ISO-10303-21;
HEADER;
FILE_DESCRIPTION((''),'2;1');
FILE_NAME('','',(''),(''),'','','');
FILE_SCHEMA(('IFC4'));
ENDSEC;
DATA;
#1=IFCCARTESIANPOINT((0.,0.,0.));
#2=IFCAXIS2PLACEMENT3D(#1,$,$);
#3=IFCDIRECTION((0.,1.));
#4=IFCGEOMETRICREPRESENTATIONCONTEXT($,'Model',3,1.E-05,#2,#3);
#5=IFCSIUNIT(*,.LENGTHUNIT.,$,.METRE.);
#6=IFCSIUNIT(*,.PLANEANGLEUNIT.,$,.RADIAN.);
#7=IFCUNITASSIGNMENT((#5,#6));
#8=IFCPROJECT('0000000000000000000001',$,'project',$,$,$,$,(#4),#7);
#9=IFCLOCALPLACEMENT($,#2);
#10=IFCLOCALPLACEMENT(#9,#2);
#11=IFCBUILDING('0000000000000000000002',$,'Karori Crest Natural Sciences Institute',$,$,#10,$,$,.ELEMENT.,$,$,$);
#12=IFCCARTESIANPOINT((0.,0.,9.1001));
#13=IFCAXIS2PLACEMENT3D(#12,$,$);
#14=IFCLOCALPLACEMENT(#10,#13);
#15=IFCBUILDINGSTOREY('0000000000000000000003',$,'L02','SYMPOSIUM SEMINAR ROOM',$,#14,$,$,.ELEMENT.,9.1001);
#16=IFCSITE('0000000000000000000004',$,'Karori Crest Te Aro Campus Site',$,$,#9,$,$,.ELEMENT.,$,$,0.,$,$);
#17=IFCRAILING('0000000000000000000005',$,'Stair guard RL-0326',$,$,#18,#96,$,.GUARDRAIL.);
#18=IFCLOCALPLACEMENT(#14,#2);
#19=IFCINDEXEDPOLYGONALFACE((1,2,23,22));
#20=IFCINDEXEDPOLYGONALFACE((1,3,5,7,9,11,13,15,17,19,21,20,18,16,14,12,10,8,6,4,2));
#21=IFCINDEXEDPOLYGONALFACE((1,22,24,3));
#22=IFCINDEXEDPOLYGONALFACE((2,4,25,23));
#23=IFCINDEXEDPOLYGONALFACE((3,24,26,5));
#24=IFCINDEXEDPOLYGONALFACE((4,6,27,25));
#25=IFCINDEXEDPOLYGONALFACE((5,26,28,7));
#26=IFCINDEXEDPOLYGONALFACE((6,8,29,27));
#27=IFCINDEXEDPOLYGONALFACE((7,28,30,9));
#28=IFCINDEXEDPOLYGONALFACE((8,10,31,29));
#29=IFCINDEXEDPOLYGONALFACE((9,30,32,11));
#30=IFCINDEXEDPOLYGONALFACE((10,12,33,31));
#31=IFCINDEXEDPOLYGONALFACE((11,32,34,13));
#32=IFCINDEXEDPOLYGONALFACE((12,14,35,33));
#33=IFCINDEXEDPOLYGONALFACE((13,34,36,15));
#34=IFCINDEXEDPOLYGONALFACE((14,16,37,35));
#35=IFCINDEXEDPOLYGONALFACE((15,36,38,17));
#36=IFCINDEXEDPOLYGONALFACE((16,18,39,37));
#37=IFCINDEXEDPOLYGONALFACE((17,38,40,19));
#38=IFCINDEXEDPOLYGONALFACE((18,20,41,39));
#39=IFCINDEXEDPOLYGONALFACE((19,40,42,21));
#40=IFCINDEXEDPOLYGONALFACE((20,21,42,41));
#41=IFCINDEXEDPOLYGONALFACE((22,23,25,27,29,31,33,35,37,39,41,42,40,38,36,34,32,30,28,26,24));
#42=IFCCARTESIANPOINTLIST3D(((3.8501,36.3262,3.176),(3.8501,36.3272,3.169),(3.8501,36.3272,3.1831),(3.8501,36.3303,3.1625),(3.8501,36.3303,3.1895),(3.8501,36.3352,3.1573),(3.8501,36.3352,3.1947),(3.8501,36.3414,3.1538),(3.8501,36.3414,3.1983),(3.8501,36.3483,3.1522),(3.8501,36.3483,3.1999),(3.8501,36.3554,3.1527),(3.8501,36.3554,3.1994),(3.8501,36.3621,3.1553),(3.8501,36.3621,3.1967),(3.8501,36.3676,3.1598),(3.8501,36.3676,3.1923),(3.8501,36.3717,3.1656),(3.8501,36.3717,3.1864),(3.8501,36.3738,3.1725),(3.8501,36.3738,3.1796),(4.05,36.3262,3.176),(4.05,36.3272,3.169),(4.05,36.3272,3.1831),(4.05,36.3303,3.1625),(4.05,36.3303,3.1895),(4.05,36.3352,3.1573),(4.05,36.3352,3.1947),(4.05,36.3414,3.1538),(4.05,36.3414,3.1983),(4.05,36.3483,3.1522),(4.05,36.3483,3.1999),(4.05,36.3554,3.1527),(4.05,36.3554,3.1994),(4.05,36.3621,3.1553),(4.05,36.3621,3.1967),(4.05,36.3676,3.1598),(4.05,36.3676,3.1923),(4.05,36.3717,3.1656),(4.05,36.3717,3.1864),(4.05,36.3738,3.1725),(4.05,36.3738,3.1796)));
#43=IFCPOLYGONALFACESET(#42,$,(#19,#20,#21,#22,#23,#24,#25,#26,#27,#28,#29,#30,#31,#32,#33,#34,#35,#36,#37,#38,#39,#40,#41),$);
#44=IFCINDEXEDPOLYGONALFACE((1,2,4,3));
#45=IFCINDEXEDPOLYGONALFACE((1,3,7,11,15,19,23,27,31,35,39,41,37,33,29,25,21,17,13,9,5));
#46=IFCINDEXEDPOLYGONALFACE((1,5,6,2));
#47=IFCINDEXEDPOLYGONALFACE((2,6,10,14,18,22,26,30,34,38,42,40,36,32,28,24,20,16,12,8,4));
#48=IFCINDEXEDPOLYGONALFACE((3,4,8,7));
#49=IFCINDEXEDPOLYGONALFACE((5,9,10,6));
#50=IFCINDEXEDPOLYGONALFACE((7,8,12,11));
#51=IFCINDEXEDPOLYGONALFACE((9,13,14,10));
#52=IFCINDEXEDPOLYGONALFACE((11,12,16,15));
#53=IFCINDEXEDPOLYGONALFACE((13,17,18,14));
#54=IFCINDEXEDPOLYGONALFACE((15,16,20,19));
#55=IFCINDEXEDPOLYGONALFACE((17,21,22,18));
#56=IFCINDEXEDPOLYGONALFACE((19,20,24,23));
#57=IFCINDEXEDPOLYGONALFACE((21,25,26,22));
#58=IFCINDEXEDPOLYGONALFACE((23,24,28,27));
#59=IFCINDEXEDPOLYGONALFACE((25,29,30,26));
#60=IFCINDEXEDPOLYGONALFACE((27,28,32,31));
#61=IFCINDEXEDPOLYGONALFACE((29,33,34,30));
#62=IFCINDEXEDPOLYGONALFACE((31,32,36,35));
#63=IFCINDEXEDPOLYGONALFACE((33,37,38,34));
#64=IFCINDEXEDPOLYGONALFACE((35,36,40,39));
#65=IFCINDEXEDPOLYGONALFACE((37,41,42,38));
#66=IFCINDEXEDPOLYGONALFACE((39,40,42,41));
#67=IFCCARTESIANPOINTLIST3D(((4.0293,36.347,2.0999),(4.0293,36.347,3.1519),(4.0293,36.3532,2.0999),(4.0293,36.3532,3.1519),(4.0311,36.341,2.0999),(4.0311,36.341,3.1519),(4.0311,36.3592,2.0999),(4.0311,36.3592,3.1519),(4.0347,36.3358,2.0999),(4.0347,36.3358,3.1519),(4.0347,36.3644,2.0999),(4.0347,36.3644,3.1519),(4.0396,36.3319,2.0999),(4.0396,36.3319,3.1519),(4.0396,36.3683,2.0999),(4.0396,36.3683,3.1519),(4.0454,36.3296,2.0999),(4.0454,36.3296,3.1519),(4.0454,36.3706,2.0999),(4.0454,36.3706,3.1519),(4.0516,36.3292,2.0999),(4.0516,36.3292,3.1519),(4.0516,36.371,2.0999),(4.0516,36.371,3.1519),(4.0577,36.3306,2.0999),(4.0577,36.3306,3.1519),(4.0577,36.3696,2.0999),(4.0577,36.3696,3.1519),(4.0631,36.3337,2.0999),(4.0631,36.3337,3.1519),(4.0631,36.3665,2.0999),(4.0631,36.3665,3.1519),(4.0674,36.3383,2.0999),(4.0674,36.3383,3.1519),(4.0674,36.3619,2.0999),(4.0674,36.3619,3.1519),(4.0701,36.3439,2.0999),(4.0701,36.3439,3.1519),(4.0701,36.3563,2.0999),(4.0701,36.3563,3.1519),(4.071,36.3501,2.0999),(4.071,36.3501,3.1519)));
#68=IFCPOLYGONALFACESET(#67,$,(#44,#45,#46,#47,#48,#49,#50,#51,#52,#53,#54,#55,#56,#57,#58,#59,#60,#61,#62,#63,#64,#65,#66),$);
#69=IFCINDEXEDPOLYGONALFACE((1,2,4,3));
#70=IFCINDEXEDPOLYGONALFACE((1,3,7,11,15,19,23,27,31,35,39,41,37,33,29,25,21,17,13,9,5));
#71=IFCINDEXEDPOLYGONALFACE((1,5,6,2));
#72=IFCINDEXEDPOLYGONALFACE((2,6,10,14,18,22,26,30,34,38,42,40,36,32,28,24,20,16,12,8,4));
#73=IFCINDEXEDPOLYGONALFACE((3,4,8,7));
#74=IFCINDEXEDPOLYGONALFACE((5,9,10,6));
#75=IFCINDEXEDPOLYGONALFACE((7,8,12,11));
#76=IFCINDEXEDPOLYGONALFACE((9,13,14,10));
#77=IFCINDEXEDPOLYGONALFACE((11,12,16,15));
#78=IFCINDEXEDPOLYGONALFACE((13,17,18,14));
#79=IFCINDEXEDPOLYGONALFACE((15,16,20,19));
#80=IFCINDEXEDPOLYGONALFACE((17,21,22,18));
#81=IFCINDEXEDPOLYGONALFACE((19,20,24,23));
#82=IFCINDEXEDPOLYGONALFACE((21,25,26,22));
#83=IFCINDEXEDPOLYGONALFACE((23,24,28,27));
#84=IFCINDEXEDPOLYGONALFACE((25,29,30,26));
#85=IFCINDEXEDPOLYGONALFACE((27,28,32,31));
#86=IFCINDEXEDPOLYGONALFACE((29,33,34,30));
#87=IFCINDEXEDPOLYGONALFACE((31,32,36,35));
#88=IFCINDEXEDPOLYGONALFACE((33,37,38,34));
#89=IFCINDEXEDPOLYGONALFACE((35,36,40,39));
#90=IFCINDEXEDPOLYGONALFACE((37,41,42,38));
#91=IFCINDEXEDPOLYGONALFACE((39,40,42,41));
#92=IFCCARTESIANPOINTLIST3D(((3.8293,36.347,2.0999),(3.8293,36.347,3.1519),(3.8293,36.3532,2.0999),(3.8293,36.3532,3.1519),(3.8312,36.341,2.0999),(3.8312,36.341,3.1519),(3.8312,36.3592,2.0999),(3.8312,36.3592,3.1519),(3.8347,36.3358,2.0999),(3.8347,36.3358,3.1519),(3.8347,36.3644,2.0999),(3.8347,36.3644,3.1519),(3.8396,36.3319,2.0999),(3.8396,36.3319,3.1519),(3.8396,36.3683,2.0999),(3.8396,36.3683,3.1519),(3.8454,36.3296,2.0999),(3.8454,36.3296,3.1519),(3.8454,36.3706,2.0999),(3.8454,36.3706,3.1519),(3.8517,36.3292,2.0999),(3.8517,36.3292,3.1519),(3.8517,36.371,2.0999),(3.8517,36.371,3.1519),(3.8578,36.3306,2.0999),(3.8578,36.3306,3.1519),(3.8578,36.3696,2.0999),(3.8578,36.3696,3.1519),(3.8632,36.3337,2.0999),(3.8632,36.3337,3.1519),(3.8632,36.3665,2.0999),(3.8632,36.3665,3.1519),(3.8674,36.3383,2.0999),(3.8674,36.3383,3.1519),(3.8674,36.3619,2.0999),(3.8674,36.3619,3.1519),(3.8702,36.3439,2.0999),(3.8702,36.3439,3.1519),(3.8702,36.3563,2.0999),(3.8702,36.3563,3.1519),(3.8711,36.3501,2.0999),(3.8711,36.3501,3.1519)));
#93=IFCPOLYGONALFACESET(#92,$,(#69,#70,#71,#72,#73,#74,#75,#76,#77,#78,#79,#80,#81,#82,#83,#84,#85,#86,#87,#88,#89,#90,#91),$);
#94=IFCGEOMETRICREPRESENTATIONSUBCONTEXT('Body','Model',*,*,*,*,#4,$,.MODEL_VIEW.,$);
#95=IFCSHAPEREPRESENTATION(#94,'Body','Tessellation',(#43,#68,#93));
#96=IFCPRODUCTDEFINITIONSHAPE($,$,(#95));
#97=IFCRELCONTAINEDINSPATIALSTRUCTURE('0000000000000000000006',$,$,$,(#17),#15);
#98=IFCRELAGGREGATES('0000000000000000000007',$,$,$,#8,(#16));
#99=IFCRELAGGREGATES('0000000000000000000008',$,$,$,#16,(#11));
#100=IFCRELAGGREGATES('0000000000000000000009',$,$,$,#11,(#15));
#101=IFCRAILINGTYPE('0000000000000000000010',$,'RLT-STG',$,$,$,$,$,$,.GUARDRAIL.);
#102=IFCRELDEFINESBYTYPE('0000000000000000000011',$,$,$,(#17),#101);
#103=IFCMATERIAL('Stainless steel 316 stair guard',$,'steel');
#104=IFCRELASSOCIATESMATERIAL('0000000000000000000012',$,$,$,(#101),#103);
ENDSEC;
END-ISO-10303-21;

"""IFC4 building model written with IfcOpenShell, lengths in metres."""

from ifc_helpers import new_model, si_unit, direction, frame, origin, origin_2d, place, context, subcontext, project, spatial, circle, extrude, material, type_object, element, save


model = new_model("IFC4")

# Units and contexts
model_context = context("Model", 3, precision=1e-05, world=origin(), true_north=direction((0.0, 1.0)))
body_context = subcontext(model_context, "Body", "Model", "MODEL_VIEW")
ifc_project = project(units=[si_unit("LENGTHUNIT", "METRE"), si_unit("PLANEANGLEUNIT", "RADIAN")], contexts=[model_context])

# Site, building, storey
site_placement = place(None, origin())
site = spatial("IfcSite", under=ifc_project, at=site_placement, Name="Karori Crest Te Aro Campus Site", CompositionType="ELEMENT", RefElevation=0.0)
building_placement = place(site_placement, origin())
building = spatial("IfcBuilding", under=site, at=building_placement, Name="Karori Crest Natural Sciences Institute", CompositionType="ELEMENT")
storey_placement = place(building_placement, frame((0.0, 0.0, 9.1001)))
storey = spatial("IfcBuildingStorey", under=building, at=storey_placement, Name="L02", Description="SYMPOSIUM SEMINAR ROOM", CompositionType="ELEMENT", Elevation=9.1001)

# Railing
ifc_material_1 = material(Name="Stainless steel 316 stair guard", Category="steel")
railing_type_1 = type_object("IfcRailingType", Name="RLT-STG", PredefinedType="GUARDRAIL", material=ifc_material_1)
railing_1_placement = place(storey_placement, frame((4.05, 36.3501, 2.0999)))
element("IfcRailing", 1, at=railing_1_placement, inside=storey, type_object=railing_type_1, Name="Stair guard RL-0326", PredefinedType="GUARDRAIL", context=body_context, shape_type="SweptSolid", body=[
    extrude(circle(Radius=0.0239, at=origin_2d()), frame((0.0, 0.0, 1.0762), z_axis=(-1.0, 0.0, 0.0), x_axis=(0.0, -1.0, 0.0)), (0.0, 0.0, 1.0), 0.2),
    extrude(circle(Radius=0.021, at=origin_2d()), origin(), (0.0, 0.0, 1.0), 1.052),
    extrude(circle(Radius=0.021, at=origin_2d()), frame((-0.2, 0.0, 0.0)), (0.0, 0.0, 1.0), 1.052),
])

save(model, "model.ifc")
